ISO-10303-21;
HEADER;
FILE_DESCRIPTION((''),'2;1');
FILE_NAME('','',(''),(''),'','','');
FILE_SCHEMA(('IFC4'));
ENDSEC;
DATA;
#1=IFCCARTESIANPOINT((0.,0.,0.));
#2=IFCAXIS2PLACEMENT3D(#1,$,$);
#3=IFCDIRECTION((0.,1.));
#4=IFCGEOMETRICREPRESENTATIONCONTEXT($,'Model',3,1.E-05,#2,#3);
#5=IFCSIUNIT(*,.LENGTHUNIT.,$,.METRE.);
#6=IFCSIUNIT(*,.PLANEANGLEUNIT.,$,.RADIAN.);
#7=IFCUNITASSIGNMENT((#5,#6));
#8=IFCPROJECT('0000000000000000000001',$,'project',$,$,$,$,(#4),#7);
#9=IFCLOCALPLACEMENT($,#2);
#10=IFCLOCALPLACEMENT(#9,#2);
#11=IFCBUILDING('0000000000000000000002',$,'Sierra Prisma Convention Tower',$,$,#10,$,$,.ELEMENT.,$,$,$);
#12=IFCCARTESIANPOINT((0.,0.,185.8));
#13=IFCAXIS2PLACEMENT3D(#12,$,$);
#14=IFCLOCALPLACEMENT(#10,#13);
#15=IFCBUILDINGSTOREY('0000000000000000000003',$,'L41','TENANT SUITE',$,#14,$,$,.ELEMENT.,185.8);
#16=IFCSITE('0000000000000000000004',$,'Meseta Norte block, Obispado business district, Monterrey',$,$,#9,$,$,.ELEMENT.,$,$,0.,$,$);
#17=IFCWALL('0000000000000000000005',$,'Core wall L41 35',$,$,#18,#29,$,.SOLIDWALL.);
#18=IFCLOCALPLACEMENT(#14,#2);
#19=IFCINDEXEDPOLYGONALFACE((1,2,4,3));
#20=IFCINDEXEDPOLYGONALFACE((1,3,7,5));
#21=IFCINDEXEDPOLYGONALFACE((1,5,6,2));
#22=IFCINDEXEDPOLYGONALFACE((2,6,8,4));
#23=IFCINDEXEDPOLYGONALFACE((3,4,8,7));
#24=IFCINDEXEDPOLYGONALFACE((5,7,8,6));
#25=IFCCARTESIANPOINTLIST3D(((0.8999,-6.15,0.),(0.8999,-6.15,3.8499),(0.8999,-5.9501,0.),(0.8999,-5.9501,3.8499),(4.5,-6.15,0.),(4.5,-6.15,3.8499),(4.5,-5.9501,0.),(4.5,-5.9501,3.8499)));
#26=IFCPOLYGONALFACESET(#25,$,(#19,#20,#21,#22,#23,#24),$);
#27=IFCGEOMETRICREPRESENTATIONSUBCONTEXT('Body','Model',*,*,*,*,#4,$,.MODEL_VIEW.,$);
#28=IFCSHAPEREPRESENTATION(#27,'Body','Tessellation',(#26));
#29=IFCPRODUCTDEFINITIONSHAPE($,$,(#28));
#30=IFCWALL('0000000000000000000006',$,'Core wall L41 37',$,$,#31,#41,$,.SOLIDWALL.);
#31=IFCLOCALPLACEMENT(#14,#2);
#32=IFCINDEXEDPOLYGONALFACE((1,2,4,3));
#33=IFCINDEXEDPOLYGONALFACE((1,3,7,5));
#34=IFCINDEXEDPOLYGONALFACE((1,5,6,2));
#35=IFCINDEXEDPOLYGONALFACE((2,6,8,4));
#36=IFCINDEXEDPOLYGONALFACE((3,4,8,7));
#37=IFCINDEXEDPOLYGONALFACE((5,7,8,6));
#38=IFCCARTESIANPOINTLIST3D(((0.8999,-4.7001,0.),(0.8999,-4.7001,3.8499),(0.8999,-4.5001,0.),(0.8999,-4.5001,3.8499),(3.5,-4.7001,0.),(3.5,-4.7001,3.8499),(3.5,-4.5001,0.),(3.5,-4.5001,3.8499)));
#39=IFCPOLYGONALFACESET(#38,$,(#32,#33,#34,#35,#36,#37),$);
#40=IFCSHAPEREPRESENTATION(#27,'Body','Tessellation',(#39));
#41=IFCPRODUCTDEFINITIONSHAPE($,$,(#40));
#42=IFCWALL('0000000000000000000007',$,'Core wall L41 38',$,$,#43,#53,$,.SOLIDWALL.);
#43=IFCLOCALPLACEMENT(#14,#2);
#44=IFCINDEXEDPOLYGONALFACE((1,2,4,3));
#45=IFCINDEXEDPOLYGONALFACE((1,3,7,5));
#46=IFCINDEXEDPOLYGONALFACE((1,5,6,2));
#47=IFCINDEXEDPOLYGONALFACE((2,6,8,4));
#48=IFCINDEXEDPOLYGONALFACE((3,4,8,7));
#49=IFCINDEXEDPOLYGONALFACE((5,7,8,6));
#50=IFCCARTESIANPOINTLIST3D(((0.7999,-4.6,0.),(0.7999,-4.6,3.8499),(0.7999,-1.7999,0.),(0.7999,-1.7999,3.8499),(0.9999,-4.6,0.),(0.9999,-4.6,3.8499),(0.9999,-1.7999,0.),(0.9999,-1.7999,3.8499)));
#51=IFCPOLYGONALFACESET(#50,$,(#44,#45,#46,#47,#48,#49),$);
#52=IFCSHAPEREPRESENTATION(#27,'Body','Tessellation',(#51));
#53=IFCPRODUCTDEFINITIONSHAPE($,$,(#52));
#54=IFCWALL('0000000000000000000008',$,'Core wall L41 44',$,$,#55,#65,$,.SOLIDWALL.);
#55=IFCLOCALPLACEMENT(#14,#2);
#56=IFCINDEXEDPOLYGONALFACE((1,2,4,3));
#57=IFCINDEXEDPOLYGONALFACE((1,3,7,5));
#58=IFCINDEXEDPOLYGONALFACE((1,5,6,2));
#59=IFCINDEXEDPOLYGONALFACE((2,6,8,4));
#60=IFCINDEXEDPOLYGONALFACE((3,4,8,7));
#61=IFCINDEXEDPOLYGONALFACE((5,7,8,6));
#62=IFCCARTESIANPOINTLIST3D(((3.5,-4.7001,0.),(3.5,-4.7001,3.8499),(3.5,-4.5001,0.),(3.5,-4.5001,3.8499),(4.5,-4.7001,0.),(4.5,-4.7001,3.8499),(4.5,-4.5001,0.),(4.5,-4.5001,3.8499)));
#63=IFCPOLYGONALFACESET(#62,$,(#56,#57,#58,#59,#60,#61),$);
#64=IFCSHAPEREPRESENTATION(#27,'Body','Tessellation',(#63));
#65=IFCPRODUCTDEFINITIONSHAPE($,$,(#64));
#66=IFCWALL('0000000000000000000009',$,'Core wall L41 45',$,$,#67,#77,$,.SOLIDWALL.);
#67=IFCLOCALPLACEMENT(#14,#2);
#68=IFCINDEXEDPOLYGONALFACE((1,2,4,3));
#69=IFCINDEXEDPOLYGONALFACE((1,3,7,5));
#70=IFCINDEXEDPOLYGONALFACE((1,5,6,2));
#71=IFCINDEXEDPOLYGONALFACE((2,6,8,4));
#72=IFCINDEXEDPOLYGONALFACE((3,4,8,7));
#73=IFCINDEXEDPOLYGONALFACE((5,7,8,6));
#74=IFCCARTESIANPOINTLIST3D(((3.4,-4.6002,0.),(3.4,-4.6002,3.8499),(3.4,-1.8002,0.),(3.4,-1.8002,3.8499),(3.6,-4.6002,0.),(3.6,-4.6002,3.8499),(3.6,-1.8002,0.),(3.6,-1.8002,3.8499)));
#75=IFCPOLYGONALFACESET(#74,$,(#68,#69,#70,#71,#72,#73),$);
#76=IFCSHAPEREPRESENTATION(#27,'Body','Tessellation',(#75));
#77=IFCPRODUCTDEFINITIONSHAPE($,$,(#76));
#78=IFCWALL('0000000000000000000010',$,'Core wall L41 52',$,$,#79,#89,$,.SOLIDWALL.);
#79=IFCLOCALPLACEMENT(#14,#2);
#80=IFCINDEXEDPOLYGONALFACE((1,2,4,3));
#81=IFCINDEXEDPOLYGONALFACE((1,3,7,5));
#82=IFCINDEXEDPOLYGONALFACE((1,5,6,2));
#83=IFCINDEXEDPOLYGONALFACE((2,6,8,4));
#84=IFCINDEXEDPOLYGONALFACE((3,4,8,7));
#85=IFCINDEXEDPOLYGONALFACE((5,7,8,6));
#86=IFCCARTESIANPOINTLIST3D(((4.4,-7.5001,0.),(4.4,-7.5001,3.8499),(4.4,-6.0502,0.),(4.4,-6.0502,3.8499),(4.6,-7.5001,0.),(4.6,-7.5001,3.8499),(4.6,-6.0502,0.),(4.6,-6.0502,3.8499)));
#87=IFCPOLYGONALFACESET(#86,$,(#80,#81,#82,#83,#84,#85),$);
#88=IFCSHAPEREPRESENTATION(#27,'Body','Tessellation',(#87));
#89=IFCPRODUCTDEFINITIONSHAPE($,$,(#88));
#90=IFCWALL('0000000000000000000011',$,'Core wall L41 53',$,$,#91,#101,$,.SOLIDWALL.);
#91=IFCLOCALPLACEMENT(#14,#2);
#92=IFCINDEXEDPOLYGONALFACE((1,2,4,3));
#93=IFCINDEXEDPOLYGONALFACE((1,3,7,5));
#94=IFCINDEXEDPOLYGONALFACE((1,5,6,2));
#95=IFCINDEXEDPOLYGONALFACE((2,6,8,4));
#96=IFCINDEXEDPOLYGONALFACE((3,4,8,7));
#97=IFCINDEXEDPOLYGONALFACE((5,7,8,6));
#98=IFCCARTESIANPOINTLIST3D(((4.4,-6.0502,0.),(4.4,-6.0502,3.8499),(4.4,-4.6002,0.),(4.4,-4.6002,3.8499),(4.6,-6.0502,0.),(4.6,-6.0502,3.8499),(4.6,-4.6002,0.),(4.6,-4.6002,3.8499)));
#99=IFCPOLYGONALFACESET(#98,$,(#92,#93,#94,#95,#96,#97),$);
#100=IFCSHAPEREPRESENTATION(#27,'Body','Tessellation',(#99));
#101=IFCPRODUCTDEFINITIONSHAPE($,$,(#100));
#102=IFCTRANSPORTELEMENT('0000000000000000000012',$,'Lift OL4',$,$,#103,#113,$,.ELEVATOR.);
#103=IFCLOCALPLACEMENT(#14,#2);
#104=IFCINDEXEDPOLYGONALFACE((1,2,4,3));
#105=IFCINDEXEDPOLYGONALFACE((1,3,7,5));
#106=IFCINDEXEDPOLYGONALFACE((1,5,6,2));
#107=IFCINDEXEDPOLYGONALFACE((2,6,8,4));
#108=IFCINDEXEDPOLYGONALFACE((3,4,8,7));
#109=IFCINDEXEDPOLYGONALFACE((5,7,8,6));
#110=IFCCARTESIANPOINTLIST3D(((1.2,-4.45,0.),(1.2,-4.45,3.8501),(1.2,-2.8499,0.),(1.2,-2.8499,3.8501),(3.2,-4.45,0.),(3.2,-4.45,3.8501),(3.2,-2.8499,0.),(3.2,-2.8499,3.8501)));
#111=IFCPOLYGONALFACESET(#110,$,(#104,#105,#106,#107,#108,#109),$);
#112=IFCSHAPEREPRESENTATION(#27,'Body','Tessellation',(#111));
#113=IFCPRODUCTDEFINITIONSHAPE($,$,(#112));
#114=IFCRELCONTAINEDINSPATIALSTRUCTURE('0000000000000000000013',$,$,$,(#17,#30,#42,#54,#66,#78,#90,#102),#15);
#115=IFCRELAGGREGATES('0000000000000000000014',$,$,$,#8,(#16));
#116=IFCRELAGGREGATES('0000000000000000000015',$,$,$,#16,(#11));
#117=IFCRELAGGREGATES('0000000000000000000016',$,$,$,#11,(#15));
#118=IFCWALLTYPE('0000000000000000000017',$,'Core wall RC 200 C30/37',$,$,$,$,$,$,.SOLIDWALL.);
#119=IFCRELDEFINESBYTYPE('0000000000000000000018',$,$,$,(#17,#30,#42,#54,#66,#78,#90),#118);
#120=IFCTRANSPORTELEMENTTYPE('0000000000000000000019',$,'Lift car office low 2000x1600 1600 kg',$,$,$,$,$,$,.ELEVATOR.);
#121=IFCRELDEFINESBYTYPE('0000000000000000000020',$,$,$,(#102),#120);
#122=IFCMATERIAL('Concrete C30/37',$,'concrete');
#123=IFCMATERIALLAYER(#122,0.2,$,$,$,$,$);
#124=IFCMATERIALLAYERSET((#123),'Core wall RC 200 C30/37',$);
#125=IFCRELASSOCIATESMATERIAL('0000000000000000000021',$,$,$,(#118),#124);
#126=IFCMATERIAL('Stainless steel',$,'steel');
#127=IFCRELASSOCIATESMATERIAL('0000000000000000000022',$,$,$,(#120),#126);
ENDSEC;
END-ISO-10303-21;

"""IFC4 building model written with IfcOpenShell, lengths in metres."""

from ifc_helpers import new_model, si_unit, direction, frame, frame_2d, origin, origin_2d, place, context, subcontext, project, spatial, rectangle, extrude, material, layer, layer_set, type_object, element, save


model = new_model("IFC4")

# Units and contexts
model_context = context("Model", 3, precision=1e-05, world=origin(), true_north=direction((0.0, 1.0)))
body_context = subcontext(model_context, "Body", "Model", "MODEL_VIEW")
ifc_project = project(units=[si_unit("LENGTHUNIT", "METRE"), si_unit("PLANEANGLEUNIT", "RADIAN")], contexts=[model_context])

# Site, building, storey
site_placement = place(None, origin())
site = spatial("IfcSite", under=ifc_project, at=site_placement, Name="Meseta Norte block, Obispado business district, Monterrey", CompositionType="ELEMENT", RefElevation=0.0)
building_placement = place(site_placement, origin())
building = spatial("IfcBuilding", under=site, at=building_placement, Name="Sierra Prisma Convention Tower", CompositionType="ELEMENT")
storey_placement = place(building_placement, frame((0.0, 0.0, 185.8)))
storey = spatial("IfcBuildingStorey", under=building, at=storey_placement, Name="L41", Description="TENANT SUITE", CompositionType="ELEMENT", Elevation=185.8)

# Shared definitions
ifc_material_1 = material(Name="Concrete C30/37", Category="concrete")
ifc_layer = layer(ifc_material_1, 0.2)
ifc_layer_set = layer_set([ifc_layer], Name="Core wall RC 200 C30/37")
wall_type = type_object("IfcWallType", Name="Core wall RC 200 C30/37", PredefinedType="SOLIDWALL", material=ifc_layer_set)

# Wall
wall_1_placement = place(storey_placement, frame((4.5, -6.05, 0.0), z_axis=(0.0, 0.0, 1.0), x_axis=(-1.0, 0.0, 0.0)))
element("IfcWall", 1, at=wall_1_placement, inside=storey, type_object=wall_type, Name="Core wall L41 35", PredefinedType="SOLIDWALL", context=body_context, shape_type="SweptSolid", body=[
    extrude(rectangle(XDim=3.6001, YDim=0.2, at=frame_2d((1.8, 0.0))), origin(), (0.0, 0.0, 1.0), 3.8499),
])

# Walls
wall_2_placement = place(storey_placement, frame((3.5, -4.6001, 0.0), z_axis=(0.0, 0.0, 1.0), x_axis=(-1.0, 0.0, 0.0)))
element("IfcWall", 2, at=wall_2_placement, inside=storey, type_object=wall_type, Name="Core wall L41 37", PredefinedType="SOLIDWALL", context=body_context, shape_type="SweptSolid", body=[
    extrude(rectangle(XDim=2.6001, YDim=0.2, at=frame_2d((1.3, 0.0))), origin(), (0.0, 0.0, 1.0), 3.8499),
])
wall_3_placement = place(storey_placement, frame((0.8999, -1.8, 0.0), z_axis=(0.0, 0.0, 1.0), x_axis=(0.0, -1.0, 0.0)))
element("IfcWall", 3, at=wall_3_placement, inside=storey, type_object=wall_type, Name="Core wall L41 38", PredefinedType="SOLIDWALL", context=body_context, shape_type="SweptSolid", body=[
    extrude(rectangle(XDim=2.8, YDim=0.2, at=frame_2d((1.3999, 0.0))), origin(), (0.0, 0.0, 1.0), 3.8499),
])

# Walls
wall_4_placement = place(storey_placement, frame((4.5, -4.6001, 0.0), z_axis=(0.0, 0.0, 1.0), x_axis=(-1.0, 0.0, 0.0)))
element("IfcWall", 4, at=wall_4_placement, inside=storey, type_object=wall_type, Name="Core wall L41 44", PredefinedType="SOLIDWALL", context=body_context, shape_type="SweptSolid", body=[
    extrude(rectangle(XDim=1.0, YDim=0.2, at=frame_2d((0.5, 0.0))), origin(), (0.0, 0.0, 1.0), 3.8499),
])
wall_5_placement = place(storey_placement, frame((3.5, -4.6001, 0.0), z_axis=(0.0, 0.0, 1.0), x_axis=(0.0, 1.0, 0.0)))
element("IfcWall", 5, at=wall_5_placement, inside=storey, type_object=wall_type, Name="Core wall L41 45", PredefinedType="SOLIDWALL", context=body_context, shape_type="SweptSolid", body=[
    extrude(rectangle(XDim=2.8, YDim=0.2, at=frame_2d((1.3999, 0.0))), origin(), (0.0, 0.0, 1.0), 3.8499),
])

# Walls
for number, where, z_axis, x_axis, name in (
    (6, (4.5, -6.05, 0.0), (0.0, 0.0, 1.0), (0.0, -1.0, 0.0), "Core wall L41 52"),
    (7, (4.5, -4.6001, 0.0), (0.0, 0.0, 1.0), (0.0, -1.0, 0.0), "Core wall L41 53"),
):
    element("IfcWall", number, at=place(storey_placement, frame(where, z_axis=z_axis, x_axis=x_axis)), inside=storey, type_object=wall_type, Name=name, PredefinedType="SOLIDWALL", context=body_context, shape_type="SweptSolid", body=[
        extrude(rectangle(XDim=1.45, YDim=0.2, at=frame_2d((0.7251, 0.0))), origin(), (0.0, 0.0, 1.0), 3.8499),
    ])

# Transport element
ifc_material_2 = material(Name="Stainless steel", Category="steel")
transport_element_type = type_object("IfcTransportElementType", Name="Lift car office low 2000x1600 1600 kg", PredefinedType="ELEVATOR", material=ifc_material_2)
transport_element_placement = place(storey_placement, frame((2.2, -3.6499, 0.0), z_axis=(0.0, 0.0, 1.0), x_axis=(1.0, 0.0, 0.0)))
element("IfcTransportElement", 8, at=transport_element_placement, inside=storey, type_object=transport_element_type, Name="Lift OL4", PredefinedType="ELEVATOR", context=body_context, shape_type="SweptSolid", body=[
    extrude(rectangle(XDim=2.0, YDim=1.6001, at=origin_2d()), origin(), (0.0, 0.0, 1.0), 3.8501),
])

save(model, "model.ifc")
